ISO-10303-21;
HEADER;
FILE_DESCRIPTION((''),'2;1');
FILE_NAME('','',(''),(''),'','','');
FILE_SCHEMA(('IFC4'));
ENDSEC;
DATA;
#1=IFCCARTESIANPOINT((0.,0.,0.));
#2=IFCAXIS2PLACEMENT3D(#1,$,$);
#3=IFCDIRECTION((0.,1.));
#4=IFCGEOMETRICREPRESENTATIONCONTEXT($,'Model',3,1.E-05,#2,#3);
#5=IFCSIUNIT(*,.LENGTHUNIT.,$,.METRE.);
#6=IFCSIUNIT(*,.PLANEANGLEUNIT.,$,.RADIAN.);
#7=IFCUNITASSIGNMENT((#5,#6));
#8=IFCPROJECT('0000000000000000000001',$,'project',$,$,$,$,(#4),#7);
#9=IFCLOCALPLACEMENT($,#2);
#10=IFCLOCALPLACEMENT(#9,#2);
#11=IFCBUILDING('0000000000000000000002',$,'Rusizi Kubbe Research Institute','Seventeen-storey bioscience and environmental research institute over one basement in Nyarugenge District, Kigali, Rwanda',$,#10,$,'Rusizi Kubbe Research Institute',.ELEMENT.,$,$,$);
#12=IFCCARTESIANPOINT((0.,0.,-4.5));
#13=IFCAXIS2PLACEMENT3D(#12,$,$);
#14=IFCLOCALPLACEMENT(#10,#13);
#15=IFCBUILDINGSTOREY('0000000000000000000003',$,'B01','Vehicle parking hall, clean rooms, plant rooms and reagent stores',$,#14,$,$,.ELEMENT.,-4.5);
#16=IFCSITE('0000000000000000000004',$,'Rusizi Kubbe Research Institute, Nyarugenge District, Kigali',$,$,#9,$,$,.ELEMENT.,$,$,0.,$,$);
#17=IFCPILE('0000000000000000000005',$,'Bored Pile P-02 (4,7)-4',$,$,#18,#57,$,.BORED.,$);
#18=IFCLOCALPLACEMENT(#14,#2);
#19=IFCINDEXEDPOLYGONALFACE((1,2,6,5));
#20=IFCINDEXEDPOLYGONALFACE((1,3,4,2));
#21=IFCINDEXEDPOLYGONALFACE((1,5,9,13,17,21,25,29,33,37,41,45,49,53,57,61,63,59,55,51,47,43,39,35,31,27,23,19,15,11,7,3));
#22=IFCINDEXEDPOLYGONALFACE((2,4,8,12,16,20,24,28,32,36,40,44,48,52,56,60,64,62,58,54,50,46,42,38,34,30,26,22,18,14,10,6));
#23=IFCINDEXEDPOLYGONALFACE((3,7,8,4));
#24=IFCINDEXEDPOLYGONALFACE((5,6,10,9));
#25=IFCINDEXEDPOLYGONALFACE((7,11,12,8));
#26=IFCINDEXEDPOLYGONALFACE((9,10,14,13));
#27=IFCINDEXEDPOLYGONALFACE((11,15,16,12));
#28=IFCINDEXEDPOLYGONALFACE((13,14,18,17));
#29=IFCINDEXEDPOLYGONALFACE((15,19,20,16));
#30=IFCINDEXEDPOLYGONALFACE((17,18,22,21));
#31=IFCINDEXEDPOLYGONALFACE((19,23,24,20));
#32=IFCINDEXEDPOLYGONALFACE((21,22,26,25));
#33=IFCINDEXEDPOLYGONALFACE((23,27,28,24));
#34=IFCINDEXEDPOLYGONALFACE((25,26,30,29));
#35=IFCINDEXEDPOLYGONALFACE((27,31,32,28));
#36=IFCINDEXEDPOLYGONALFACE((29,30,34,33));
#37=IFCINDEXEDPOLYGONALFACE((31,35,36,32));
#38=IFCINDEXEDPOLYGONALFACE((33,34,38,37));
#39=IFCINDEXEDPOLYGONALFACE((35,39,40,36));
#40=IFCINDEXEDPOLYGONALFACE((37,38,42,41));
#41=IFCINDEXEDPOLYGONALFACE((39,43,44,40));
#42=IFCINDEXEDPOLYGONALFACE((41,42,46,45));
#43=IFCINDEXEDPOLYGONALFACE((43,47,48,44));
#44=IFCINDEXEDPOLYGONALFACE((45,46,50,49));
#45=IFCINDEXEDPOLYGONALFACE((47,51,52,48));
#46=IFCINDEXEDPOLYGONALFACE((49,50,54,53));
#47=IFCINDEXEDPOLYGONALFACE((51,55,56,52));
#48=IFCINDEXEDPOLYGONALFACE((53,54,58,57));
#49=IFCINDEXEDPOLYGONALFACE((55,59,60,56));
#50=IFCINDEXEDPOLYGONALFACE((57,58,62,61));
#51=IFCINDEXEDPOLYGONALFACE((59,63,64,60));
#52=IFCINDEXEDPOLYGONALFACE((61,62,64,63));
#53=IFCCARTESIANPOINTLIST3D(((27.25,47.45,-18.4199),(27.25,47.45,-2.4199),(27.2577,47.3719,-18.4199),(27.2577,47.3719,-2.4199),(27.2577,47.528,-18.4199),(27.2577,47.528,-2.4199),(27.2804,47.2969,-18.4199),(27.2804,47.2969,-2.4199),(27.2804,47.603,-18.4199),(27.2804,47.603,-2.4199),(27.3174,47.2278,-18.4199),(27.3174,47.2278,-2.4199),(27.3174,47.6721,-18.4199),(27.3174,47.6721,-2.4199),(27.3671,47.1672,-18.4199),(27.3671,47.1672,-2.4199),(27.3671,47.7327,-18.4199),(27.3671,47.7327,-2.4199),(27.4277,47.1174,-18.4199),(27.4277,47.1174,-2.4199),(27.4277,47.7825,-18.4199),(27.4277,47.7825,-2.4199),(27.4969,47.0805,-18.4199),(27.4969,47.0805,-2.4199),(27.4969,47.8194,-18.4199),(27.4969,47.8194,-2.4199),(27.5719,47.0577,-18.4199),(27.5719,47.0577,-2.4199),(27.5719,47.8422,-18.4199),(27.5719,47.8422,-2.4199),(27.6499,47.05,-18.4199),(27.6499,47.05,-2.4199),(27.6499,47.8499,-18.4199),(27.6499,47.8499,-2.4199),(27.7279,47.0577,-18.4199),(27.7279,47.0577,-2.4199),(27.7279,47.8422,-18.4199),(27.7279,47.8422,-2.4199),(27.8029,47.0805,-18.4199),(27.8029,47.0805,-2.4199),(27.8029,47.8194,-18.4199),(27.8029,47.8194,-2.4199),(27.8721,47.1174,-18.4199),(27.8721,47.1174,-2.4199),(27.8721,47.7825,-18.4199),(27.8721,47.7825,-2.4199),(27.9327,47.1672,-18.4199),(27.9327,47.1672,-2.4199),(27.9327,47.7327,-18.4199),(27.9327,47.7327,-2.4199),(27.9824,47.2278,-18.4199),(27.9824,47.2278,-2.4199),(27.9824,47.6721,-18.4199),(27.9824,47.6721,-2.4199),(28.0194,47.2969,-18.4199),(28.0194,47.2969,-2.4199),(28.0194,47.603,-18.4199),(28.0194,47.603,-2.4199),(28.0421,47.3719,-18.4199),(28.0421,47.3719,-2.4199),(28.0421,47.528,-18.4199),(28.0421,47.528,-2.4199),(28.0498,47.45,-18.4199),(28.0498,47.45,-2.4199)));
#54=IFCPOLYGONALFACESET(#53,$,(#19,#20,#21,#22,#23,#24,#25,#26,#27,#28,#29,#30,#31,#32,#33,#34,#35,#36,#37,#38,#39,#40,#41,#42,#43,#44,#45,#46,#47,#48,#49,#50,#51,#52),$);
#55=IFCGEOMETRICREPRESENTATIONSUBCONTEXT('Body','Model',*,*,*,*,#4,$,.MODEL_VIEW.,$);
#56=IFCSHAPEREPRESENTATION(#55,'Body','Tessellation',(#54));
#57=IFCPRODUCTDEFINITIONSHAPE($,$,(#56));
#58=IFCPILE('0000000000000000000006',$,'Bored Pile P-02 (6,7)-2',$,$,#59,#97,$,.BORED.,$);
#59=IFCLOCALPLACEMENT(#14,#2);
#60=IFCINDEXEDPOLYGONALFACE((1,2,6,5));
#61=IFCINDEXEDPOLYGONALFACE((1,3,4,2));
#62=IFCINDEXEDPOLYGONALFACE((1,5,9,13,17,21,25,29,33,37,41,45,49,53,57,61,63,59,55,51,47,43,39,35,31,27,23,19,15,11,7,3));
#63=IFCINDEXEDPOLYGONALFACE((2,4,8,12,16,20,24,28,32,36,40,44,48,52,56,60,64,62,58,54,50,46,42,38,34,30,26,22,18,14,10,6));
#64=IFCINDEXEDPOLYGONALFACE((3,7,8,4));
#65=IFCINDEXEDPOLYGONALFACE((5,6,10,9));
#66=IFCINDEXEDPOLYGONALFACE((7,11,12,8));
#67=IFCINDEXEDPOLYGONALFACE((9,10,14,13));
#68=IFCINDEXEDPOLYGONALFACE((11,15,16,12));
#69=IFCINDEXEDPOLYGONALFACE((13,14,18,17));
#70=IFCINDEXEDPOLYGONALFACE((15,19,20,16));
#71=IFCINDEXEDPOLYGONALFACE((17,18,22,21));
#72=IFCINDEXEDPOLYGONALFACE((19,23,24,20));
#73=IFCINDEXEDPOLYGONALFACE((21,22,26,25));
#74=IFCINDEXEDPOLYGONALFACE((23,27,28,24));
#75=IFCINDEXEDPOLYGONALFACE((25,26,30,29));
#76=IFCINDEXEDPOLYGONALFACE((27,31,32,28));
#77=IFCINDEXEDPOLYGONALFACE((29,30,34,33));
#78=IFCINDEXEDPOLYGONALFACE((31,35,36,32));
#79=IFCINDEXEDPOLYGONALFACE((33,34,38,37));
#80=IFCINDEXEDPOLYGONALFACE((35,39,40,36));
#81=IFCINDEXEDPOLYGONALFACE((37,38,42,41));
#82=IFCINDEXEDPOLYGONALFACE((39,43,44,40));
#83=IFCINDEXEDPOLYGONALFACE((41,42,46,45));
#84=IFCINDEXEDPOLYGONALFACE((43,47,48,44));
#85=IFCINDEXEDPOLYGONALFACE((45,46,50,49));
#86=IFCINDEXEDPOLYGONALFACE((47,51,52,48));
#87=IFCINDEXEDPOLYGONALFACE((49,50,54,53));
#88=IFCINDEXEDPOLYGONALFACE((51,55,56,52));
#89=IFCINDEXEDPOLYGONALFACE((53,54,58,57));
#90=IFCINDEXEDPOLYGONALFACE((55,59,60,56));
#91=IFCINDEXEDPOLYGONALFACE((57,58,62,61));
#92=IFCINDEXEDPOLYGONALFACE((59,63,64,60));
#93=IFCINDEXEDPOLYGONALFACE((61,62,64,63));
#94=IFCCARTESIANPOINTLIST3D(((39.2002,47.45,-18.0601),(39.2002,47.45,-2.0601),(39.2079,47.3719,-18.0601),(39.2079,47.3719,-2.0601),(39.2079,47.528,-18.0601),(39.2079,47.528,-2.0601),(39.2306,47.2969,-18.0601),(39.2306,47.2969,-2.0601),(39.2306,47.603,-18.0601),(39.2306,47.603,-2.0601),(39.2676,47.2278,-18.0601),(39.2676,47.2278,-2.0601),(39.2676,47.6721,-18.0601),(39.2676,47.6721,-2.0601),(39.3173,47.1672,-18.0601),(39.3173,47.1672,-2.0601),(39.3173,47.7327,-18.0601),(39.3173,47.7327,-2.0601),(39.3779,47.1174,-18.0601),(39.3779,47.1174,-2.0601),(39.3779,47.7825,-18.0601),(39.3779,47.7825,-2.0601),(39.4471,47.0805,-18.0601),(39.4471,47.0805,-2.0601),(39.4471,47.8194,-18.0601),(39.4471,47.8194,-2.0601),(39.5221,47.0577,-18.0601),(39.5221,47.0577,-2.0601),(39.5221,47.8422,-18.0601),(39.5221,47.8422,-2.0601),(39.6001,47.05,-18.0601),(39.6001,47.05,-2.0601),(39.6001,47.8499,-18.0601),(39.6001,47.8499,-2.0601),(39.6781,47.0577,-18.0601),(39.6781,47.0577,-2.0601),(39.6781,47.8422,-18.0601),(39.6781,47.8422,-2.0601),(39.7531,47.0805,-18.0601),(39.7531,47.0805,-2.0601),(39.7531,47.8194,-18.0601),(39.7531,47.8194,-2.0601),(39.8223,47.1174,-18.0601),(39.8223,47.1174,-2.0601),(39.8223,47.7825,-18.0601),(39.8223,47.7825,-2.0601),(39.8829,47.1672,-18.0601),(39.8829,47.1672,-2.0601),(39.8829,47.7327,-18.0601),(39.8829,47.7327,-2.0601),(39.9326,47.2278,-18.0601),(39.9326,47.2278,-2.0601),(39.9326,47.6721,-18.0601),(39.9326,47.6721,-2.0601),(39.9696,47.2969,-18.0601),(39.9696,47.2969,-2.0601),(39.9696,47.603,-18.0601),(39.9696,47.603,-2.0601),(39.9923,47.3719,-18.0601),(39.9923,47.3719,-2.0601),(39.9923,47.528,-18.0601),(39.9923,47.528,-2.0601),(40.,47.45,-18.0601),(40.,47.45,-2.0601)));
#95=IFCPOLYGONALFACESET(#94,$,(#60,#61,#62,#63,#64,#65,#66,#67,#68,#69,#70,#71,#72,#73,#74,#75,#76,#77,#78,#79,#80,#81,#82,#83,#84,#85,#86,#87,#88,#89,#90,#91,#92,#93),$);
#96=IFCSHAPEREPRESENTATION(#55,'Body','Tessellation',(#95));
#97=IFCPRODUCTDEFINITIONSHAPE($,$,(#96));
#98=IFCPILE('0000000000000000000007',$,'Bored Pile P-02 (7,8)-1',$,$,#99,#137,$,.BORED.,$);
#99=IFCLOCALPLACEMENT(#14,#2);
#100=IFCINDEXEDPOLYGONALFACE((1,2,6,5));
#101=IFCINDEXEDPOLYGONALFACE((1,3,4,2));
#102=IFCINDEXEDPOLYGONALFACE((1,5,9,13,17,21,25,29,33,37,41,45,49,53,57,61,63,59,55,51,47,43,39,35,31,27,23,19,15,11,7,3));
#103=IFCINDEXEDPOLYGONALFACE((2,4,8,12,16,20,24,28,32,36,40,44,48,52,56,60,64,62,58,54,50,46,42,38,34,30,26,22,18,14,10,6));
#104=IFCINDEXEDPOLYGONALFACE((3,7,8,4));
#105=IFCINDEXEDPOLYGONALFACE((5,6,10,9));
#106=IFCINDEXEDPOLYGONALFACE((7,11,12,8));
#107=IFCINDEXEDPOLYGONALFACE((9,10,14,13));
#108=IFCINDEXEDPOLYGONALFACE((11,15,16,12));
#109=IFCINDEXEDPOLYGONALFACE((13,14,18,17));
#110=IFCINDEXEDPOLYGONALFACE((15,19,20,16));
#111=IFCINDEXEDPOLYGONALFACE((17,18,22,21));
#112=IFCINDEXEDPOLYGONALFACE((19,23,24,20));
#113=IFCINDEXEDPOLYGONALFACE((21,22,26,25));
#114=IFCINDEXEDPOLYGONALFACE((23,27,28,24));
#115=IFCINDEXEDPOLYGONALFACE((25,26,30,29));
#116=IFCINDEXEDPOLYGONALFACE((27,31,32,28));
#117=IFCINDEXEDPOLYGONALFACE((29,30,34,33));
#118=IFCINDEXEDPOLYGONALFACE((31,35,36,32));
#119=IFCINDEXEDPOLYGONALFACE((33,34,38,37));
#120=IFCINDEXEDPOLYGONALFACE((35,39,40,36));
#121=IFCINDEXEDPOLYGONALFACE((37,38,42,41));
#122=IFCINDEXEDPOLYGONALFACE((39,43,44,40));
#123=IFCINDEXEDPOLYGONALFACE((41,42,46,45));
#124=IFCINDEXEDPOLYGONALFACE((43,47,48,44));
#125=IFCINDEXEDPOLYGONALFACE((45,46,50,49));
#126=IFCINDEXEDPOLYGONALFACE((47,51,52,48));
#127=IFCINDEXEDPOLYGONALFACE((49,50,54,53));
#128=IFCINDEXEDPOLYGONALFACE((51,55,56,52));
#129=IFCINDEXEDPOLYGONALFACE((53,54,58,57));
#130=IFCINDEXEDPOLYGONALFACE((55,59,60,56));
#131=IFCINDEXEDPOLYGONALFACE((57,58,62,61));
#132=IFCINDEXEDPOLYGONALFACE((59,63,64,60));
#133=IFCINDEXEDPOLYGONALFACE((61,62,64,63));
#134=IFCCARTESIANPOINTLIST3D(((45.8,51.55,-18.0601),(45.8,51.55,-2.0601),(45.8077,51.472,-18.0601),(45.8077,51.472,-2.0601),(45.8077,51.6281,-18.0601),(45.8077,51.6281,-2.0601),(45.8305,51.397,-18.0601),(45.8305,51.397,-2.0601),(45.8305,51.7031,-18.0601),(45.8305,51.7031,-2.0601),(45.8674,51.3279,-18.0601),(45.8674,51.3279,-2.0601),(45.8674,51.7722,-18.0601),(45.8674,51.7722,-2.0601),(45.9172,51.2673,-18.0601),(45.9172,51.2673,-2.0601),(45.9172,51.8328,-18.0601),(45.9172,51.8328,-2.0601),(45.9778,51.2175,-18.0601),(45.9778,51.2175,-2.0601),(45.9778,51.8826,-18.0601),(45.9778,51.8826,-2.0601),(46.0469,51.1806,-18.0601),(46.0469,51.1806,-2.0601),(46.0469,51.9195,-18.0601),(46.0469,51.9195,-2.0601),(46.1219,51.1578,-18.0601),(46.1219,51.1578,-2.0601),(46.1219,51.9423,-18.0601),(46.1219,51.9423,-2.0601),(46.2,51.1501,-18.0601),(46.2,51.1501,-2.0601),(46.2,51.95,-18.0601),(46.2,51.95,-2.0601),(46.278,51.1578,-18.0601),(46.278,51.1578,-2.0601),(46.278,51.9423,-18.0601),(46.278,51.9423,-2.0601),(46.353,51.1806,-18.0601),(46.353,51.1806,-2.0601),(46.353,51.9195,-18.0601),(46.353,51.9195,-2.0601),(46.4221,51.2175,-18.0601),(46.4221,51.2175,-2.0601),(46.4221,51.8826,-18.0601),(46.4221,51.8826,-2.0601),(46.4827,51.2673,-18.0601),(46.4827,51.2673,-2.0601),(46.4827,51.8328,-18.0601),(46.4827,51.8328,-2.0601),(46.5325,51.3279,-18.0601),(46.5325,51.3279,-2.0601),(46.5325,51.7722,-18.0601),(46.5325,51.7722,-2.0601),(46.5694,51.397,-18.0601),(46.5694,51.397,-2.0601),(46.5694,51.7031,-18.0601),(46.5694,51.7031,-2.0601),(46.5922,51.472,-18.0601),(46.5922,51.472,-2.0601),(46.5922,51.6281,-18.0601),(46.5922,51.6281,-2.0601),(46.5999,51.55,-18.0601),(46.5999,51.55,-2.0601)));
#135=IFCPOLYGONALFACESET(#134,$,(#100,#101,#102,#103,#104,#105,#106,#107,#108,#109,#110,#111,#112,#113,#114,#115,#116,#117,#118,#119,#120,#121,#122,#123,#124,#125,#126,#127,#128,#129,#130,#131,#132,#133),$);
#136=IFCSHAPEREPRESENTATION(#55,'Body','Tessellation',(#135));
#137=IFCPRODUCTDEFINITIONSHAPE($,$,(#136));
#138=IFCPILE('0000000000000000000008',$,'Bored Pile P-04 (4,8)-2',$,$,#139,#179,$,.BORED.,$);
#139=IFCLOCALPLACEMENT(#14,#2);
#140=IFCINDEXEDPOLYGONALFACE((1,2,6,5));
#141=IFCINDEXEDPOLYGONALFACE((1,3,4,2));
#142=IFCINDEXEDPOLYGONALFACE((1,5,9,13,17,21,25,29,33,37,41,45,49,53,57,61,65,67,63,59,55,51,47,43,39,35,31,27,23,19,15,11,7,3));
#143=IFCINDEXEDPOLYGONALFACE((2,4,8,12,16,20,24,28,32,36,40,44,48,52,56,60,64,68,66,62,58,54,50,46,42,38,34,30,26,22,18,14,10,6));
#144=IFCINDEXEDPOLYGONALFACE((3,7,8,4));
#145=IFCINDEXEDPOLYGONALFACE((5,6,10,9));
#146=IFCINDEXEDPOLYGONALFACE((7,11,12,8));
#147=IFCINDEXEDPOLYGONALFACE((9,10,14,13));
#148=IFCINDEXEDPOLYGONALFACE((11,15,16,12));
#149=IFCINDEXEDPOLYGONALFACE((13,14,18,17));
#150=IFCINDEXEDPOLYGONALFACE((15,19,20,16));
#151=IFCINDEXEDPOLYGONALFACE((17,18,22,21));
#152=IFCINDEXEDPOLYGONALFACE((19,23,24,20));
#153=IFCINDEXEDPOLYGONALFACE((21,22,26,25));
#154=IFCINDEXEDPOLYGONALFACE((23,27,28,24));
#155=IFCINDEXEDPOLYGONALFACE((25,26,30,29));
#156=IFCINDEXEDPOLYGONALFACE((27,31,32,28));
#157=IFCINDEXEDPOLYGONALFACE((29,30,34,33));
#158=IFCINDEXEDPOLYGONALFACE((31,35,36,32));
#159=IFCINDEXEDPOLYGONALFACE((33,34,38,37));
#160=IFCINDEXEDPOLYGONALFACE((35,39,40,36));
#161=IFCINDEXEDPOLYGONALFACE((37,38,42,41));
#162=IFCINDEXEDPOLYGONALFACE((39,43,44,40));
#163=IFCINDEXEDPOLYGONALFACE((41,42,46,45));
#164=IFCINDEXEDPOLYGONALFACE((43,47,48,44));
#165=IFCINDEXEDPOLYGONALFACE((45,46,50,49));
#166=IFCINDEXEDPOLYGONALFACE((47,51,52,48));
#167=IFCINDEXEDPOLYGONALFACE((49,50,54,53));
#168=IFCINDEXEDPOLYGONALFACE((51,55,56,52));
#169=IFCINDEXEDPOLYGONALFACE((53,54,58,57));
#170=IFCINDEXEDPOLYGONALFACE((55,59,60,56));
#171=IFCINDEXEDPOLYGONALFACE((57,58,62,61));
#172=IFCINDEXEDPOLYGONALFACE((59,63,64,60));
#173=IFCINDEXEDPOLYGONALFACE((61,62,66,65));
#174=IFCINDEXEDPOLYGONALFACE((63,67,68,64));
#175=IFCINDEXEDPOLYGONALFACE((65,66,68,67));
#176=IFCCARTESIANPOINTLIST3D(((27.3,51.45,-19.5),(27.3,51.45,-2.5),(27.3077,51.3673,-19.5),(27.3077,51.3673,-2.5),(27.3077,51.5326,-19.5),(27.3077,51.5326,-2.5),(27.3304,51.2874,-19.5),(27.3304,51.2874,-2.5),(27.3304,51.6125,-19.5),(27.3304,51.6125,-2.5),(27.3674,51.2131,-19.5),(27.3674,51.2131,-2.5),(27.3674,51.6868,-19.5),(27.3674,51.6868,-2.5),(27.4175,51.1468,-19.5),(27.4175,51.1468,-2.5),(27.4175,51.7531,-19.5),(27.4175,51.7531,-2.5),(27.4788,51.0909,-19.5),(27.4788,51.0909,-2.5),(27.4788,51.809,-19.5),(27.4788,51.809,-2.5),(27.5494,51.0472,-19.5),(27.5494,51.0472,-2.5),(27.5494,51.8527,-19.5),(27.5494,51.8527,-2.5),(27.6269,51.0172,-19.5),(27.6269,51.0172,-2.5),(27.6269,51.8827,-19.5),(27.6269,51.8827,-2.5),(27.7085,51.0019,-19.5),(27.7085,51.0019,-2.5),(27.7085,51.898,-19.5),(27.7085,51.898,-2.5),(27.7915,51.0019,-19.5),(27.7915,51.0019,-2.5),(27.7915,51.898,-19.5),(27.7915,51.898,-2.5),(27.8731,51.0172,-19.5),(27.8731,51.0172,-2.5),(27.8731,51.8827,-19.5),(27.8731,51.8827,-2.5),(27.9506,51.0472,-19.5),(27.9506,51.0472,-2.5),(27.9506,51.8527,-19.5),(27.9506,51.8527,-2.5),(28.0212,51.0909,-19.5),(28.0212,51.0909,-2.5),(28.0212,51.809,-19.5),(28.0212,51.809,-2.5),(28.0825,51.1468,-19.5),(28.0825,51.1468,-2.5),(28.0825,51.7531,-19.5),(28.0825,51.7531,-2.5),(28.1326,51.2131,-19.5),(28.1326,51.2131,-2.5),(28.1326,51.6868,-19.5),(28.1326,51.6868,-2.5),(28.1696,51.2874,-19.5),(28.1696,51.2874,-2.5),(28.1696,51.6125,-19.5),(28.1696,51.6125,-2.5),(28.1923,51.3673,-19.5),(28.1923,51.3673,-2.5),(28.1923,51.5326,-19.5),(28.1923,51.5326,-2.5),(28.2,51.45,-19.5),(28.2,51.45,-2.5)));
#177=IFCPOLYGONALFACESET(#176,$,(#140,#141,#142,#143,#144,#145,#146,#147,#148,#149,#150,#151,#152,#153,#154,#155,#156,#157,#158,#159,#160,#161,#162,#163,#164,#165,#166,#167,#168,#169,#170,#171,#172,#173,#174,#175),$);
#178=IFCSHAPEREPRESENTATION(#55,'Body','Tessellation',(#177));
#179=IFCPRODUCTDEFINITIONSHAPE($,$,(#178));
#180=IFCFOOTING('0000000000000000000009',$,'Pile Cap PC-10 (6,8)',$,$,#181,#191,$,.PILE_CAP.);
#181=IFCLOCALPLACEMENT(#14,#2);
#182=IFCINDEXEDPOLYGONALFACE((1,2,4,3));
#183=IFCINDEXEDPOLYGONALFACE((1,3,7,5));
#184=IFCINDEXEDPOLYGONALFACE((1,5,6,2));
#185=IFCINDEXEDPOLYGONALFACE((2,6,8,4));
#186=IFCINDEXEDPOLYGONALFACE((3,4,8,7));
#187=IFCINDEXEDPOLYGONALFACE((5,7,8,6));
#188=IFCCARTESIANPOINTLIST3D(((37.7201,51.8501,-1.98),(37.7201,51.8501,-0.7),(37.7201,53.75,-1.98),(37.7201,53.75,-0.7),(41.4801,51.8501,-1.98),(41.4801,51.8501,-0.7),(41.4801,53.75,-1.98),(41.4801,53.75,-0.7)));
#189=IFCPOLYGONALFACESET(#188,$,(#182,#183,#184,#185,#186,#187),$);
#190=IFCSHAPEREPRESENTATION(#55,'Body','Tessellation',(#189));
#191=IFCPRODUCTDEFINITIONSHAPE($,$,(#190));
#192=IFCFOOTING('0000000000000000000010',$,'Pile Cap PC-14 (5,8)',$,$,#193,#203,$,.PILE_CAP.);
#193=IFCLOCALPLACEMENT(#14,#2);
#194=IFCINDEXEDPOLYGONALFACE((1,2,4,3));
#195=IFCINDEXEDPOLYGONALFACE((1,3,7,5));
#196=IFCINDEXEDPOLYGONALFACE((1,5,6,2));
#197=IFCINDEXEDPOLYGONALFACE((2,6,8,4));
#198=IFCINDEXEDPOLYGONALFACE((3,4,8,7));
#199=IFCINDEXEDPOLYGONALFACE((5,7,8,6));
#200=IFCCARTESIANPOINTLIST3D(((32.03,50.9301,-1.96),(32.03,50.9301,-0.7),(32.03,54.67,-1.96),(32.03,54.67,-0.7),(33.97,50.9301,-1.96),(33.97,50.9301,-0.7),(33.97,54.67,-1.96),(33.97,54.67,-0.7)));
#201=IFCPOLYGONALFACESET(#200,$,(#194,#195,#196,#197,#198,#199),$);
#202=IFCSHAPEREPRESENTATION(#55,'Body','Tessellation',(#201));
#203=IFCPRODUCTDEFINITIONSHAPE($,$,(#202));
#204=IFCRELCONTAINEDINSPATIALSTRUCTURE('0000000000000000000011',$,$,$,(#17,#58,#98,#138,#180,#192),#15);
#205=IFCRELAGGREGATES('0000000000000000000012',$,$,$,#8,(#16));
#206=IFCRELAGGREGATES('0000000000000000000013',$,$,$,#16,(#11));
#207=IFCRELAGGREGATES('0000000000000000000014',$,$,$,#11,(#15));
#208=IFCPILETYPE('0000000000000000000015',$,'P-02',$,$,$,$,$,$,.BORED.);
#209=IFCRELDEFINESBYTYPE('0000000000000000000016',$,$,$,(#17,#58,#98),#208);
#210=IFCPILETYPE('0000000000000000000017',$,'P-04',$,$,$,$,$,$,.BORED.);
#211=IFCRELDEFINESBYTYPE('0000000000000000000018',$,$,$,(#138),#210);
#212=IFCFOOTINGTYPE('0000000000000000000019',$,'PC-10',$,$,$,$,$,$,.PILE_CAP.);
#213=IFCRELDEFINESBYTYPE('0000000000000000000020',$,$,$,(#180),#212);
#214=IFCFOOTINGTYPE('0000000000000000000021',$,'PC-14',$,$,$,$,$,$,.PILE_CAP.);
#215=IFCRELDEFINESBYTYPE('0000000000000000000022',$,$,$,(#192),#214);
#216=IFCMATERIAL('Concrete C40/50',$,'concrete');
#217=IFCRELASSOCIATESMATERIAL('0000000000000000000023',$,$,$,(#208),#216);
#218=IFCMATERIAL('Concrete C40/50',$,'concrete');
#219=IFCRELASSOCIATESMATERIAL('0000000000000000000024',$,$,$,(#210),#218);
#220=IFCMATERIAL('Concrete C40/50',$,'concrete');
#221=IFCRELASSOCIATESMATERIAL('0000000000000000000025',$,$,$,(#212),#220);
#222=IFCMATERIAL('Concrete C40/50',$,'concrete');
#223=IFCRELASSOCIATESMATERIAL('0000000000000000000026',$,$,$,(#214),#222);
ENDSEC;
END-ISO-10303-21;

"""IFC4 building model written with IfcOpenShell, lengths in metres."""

from ifc_helpers import new_model, si_unit, direction, frame, origin, origin_2d, place, context, subcontext, project, spatial, rectangle, circle, extrude, material, material_profile, profile_set, type_object, element, save


model = new_model("IFC4")

# Units and contexts
model_context = context("Model", 3, precision=1e-05, world=origin(), true_north=direction((0.0, 1.0)))
body_context = subcontext(model_context, "Body", "Model", "MODEL_VIEW")
ifc_project = project(units=[si_unit("LENGTHUNIT", "METRE"), si_unit("PLANEANGLEUNIT", "RADIAN")], contexts=[model_context])

# Site, building, storey
site_placement = place(None, origin())
site = spatial("IfcSite", under=ifc_project, at=site_placement, Name="Rusizi Kubbe Research Institute, Nyarugenge District, Kigali", CompositionType="ELEMENT", RefElevation=0.0)
building_placement = place(site_placement, origin())
building = spatial("IfcBuilding", under=site, at=building_placement, Name="Rusizi Kubbe Research Institute", Description="Seventeen-storey bioscience and environmental research institute over one basement in Nyarugenge District, Kigali, Rwanda", LongName="Rusizi Kubbe Research Institute", CompositionType="ELEMENT")
storey_placement = place(building_placement, frame((0.0, 0.0, -4.5)))
storey = spatial("IfcBuildingStorey", under=building, at=storey_placement, Name="B01", Description="Vehicle parking hall, clean rooms, plant rooms and reagent stores", CompositionType="ELEMENT", Elevation=-4.5)

# Piles
ifc_material_1 = material(Name="Concrete C40/50", Category="concrete")
ifc_material_profile_1 = material_profile(ifc_material_1, circle(Radius=0.3999, at=origin_2d()), Name="PILE-D800")
ifc_profile_set_1 = profile_set([ifc_material_profile_1], Name="Concrete C40/50")
pile_type_1 = type_object("IfcPileType", Name="P-02", PredefinedType="BORED", material=ifc_profile_set_1)
for number, where, z_axis, x_axis, name in (
    (1, (27.6499, 47.45, -2.4199), (0.0, 0.0, -1.0), (1.0, 0.0, 0.0), "Bored Pile P-02 (4,7)-4"),
    (2, (39.6001, 47.45, -2.0601), (0.0, 0.0, -1.0), (1.0, 0.0, 0.0), "Bored Pile P-02 (6,7)-2"),
    (3, (46.2, 51.55, -2.0601), (0.0, 0.0, -1.0), (1.0, 0.0, 0.0), "Bored Pile P-02 (7,8)-1"),
):
    element("IfcPile", number, at=place(storey_placement, frame(where, z_axis=z_axis, x_axis=x_axis)), inside=storey, type_object=pile_type_1, Name=name, PredefinedType="BORED", context=body_context, shape_type="SweptSolid", body=[
        extrude(circle(Radius=0.3999, at=origin_2d()), origin(), (0.0, 0.0, 1.0), 16.0),
    ])
ifc_material_2 = material(Name="Concrete C40/50", Category="concrete")
ifc_material_profile_2 = material_profile(ifc_material_2, circle(Radius=0.45, at=origin_2d()), Name="PILE-D900")
ifc_profile_set_2 = profile_set([ifc_material_profile_2], Name="Concrete C40/50")
pile_type_2 = type_object("IfcPileType", Name="P-04", PredefinedType="BORED", material=ifc_profile_set_2)
pile_placement = place(storey_placement, frame((27.75, 51.45, -2.5), z_axis=(0.0, 0.0, -1.0), x_axis=(1.0, 0.0, 0.0)))
element("IfcPile", 4, at=pile_placement, inside=storey, type_object=pile_type_2, Name="Bored Pile P-04 (4,8)-2", PredefinedType="BORED", context=body_context, shape_type="SweptSolid", body=[
    extrude(circle(Radius=0.45, at=origin_2d()), origin(), (0.0, 0.0, 1.0), 17.0),
])

# Footings
ifc_material_3 = material(Name="Concrete C40/50", Category="concrete")
footing_type_1 = type_object("IfcFootingType", Name="PC-10", PredefinedType="PILE_CAP", material=ifc_material_3)
footing_1_placement = place(storey_placement, frame((39.6001, 52.8, -1.98), z_axis=(0.0, 0.0, 1.0), x_axis=(1.0, 0.0, 0.0)))
element("IfcFooting", 5, at=footing_1_placement, inside=storey, type_object=footing_type_1, Name="Pile Cap PC-10 (6,8)", PredefinedType="PILE_CAP", context=body_context, shape_type="SweptSolid", body=[
    extrude(rectangle(XDim=3.76, YDim=1.8999, at=origin_2d()), origin(), (0.0, 0.0, 1.0), 1.28),
])
ifc_material_4 = material(Name="Concrete C40/50", Category="concrete")
footing_type_2 = type_object("IfcFootingType", Name="PC-14", PredefinedType="PILE_CAP", material=ifc_material_4)
footing_2_placement = place(storey_placement, frame((33.0, 52.8, -1.96), z_axis=(0.0, 0.0, 1.0), x_axis=(1.0, 0.0, 0.0)))
element("IfcFooting", 6, at=footing_2_placement, inside=storey, type_object=footing_type_2, Name="Pile Cap PC-14 (5,8)", PredefinedType="PILE_CAP", context=body_context, shape_type="SweptSolid", body=[
    extrude(rectangle(XDim=1.9399, YDim=3.74, at=origin_2d()), origin(), (0.0, 0.0, 1.0), 1.26),
])

save(model, "model.ifc")
